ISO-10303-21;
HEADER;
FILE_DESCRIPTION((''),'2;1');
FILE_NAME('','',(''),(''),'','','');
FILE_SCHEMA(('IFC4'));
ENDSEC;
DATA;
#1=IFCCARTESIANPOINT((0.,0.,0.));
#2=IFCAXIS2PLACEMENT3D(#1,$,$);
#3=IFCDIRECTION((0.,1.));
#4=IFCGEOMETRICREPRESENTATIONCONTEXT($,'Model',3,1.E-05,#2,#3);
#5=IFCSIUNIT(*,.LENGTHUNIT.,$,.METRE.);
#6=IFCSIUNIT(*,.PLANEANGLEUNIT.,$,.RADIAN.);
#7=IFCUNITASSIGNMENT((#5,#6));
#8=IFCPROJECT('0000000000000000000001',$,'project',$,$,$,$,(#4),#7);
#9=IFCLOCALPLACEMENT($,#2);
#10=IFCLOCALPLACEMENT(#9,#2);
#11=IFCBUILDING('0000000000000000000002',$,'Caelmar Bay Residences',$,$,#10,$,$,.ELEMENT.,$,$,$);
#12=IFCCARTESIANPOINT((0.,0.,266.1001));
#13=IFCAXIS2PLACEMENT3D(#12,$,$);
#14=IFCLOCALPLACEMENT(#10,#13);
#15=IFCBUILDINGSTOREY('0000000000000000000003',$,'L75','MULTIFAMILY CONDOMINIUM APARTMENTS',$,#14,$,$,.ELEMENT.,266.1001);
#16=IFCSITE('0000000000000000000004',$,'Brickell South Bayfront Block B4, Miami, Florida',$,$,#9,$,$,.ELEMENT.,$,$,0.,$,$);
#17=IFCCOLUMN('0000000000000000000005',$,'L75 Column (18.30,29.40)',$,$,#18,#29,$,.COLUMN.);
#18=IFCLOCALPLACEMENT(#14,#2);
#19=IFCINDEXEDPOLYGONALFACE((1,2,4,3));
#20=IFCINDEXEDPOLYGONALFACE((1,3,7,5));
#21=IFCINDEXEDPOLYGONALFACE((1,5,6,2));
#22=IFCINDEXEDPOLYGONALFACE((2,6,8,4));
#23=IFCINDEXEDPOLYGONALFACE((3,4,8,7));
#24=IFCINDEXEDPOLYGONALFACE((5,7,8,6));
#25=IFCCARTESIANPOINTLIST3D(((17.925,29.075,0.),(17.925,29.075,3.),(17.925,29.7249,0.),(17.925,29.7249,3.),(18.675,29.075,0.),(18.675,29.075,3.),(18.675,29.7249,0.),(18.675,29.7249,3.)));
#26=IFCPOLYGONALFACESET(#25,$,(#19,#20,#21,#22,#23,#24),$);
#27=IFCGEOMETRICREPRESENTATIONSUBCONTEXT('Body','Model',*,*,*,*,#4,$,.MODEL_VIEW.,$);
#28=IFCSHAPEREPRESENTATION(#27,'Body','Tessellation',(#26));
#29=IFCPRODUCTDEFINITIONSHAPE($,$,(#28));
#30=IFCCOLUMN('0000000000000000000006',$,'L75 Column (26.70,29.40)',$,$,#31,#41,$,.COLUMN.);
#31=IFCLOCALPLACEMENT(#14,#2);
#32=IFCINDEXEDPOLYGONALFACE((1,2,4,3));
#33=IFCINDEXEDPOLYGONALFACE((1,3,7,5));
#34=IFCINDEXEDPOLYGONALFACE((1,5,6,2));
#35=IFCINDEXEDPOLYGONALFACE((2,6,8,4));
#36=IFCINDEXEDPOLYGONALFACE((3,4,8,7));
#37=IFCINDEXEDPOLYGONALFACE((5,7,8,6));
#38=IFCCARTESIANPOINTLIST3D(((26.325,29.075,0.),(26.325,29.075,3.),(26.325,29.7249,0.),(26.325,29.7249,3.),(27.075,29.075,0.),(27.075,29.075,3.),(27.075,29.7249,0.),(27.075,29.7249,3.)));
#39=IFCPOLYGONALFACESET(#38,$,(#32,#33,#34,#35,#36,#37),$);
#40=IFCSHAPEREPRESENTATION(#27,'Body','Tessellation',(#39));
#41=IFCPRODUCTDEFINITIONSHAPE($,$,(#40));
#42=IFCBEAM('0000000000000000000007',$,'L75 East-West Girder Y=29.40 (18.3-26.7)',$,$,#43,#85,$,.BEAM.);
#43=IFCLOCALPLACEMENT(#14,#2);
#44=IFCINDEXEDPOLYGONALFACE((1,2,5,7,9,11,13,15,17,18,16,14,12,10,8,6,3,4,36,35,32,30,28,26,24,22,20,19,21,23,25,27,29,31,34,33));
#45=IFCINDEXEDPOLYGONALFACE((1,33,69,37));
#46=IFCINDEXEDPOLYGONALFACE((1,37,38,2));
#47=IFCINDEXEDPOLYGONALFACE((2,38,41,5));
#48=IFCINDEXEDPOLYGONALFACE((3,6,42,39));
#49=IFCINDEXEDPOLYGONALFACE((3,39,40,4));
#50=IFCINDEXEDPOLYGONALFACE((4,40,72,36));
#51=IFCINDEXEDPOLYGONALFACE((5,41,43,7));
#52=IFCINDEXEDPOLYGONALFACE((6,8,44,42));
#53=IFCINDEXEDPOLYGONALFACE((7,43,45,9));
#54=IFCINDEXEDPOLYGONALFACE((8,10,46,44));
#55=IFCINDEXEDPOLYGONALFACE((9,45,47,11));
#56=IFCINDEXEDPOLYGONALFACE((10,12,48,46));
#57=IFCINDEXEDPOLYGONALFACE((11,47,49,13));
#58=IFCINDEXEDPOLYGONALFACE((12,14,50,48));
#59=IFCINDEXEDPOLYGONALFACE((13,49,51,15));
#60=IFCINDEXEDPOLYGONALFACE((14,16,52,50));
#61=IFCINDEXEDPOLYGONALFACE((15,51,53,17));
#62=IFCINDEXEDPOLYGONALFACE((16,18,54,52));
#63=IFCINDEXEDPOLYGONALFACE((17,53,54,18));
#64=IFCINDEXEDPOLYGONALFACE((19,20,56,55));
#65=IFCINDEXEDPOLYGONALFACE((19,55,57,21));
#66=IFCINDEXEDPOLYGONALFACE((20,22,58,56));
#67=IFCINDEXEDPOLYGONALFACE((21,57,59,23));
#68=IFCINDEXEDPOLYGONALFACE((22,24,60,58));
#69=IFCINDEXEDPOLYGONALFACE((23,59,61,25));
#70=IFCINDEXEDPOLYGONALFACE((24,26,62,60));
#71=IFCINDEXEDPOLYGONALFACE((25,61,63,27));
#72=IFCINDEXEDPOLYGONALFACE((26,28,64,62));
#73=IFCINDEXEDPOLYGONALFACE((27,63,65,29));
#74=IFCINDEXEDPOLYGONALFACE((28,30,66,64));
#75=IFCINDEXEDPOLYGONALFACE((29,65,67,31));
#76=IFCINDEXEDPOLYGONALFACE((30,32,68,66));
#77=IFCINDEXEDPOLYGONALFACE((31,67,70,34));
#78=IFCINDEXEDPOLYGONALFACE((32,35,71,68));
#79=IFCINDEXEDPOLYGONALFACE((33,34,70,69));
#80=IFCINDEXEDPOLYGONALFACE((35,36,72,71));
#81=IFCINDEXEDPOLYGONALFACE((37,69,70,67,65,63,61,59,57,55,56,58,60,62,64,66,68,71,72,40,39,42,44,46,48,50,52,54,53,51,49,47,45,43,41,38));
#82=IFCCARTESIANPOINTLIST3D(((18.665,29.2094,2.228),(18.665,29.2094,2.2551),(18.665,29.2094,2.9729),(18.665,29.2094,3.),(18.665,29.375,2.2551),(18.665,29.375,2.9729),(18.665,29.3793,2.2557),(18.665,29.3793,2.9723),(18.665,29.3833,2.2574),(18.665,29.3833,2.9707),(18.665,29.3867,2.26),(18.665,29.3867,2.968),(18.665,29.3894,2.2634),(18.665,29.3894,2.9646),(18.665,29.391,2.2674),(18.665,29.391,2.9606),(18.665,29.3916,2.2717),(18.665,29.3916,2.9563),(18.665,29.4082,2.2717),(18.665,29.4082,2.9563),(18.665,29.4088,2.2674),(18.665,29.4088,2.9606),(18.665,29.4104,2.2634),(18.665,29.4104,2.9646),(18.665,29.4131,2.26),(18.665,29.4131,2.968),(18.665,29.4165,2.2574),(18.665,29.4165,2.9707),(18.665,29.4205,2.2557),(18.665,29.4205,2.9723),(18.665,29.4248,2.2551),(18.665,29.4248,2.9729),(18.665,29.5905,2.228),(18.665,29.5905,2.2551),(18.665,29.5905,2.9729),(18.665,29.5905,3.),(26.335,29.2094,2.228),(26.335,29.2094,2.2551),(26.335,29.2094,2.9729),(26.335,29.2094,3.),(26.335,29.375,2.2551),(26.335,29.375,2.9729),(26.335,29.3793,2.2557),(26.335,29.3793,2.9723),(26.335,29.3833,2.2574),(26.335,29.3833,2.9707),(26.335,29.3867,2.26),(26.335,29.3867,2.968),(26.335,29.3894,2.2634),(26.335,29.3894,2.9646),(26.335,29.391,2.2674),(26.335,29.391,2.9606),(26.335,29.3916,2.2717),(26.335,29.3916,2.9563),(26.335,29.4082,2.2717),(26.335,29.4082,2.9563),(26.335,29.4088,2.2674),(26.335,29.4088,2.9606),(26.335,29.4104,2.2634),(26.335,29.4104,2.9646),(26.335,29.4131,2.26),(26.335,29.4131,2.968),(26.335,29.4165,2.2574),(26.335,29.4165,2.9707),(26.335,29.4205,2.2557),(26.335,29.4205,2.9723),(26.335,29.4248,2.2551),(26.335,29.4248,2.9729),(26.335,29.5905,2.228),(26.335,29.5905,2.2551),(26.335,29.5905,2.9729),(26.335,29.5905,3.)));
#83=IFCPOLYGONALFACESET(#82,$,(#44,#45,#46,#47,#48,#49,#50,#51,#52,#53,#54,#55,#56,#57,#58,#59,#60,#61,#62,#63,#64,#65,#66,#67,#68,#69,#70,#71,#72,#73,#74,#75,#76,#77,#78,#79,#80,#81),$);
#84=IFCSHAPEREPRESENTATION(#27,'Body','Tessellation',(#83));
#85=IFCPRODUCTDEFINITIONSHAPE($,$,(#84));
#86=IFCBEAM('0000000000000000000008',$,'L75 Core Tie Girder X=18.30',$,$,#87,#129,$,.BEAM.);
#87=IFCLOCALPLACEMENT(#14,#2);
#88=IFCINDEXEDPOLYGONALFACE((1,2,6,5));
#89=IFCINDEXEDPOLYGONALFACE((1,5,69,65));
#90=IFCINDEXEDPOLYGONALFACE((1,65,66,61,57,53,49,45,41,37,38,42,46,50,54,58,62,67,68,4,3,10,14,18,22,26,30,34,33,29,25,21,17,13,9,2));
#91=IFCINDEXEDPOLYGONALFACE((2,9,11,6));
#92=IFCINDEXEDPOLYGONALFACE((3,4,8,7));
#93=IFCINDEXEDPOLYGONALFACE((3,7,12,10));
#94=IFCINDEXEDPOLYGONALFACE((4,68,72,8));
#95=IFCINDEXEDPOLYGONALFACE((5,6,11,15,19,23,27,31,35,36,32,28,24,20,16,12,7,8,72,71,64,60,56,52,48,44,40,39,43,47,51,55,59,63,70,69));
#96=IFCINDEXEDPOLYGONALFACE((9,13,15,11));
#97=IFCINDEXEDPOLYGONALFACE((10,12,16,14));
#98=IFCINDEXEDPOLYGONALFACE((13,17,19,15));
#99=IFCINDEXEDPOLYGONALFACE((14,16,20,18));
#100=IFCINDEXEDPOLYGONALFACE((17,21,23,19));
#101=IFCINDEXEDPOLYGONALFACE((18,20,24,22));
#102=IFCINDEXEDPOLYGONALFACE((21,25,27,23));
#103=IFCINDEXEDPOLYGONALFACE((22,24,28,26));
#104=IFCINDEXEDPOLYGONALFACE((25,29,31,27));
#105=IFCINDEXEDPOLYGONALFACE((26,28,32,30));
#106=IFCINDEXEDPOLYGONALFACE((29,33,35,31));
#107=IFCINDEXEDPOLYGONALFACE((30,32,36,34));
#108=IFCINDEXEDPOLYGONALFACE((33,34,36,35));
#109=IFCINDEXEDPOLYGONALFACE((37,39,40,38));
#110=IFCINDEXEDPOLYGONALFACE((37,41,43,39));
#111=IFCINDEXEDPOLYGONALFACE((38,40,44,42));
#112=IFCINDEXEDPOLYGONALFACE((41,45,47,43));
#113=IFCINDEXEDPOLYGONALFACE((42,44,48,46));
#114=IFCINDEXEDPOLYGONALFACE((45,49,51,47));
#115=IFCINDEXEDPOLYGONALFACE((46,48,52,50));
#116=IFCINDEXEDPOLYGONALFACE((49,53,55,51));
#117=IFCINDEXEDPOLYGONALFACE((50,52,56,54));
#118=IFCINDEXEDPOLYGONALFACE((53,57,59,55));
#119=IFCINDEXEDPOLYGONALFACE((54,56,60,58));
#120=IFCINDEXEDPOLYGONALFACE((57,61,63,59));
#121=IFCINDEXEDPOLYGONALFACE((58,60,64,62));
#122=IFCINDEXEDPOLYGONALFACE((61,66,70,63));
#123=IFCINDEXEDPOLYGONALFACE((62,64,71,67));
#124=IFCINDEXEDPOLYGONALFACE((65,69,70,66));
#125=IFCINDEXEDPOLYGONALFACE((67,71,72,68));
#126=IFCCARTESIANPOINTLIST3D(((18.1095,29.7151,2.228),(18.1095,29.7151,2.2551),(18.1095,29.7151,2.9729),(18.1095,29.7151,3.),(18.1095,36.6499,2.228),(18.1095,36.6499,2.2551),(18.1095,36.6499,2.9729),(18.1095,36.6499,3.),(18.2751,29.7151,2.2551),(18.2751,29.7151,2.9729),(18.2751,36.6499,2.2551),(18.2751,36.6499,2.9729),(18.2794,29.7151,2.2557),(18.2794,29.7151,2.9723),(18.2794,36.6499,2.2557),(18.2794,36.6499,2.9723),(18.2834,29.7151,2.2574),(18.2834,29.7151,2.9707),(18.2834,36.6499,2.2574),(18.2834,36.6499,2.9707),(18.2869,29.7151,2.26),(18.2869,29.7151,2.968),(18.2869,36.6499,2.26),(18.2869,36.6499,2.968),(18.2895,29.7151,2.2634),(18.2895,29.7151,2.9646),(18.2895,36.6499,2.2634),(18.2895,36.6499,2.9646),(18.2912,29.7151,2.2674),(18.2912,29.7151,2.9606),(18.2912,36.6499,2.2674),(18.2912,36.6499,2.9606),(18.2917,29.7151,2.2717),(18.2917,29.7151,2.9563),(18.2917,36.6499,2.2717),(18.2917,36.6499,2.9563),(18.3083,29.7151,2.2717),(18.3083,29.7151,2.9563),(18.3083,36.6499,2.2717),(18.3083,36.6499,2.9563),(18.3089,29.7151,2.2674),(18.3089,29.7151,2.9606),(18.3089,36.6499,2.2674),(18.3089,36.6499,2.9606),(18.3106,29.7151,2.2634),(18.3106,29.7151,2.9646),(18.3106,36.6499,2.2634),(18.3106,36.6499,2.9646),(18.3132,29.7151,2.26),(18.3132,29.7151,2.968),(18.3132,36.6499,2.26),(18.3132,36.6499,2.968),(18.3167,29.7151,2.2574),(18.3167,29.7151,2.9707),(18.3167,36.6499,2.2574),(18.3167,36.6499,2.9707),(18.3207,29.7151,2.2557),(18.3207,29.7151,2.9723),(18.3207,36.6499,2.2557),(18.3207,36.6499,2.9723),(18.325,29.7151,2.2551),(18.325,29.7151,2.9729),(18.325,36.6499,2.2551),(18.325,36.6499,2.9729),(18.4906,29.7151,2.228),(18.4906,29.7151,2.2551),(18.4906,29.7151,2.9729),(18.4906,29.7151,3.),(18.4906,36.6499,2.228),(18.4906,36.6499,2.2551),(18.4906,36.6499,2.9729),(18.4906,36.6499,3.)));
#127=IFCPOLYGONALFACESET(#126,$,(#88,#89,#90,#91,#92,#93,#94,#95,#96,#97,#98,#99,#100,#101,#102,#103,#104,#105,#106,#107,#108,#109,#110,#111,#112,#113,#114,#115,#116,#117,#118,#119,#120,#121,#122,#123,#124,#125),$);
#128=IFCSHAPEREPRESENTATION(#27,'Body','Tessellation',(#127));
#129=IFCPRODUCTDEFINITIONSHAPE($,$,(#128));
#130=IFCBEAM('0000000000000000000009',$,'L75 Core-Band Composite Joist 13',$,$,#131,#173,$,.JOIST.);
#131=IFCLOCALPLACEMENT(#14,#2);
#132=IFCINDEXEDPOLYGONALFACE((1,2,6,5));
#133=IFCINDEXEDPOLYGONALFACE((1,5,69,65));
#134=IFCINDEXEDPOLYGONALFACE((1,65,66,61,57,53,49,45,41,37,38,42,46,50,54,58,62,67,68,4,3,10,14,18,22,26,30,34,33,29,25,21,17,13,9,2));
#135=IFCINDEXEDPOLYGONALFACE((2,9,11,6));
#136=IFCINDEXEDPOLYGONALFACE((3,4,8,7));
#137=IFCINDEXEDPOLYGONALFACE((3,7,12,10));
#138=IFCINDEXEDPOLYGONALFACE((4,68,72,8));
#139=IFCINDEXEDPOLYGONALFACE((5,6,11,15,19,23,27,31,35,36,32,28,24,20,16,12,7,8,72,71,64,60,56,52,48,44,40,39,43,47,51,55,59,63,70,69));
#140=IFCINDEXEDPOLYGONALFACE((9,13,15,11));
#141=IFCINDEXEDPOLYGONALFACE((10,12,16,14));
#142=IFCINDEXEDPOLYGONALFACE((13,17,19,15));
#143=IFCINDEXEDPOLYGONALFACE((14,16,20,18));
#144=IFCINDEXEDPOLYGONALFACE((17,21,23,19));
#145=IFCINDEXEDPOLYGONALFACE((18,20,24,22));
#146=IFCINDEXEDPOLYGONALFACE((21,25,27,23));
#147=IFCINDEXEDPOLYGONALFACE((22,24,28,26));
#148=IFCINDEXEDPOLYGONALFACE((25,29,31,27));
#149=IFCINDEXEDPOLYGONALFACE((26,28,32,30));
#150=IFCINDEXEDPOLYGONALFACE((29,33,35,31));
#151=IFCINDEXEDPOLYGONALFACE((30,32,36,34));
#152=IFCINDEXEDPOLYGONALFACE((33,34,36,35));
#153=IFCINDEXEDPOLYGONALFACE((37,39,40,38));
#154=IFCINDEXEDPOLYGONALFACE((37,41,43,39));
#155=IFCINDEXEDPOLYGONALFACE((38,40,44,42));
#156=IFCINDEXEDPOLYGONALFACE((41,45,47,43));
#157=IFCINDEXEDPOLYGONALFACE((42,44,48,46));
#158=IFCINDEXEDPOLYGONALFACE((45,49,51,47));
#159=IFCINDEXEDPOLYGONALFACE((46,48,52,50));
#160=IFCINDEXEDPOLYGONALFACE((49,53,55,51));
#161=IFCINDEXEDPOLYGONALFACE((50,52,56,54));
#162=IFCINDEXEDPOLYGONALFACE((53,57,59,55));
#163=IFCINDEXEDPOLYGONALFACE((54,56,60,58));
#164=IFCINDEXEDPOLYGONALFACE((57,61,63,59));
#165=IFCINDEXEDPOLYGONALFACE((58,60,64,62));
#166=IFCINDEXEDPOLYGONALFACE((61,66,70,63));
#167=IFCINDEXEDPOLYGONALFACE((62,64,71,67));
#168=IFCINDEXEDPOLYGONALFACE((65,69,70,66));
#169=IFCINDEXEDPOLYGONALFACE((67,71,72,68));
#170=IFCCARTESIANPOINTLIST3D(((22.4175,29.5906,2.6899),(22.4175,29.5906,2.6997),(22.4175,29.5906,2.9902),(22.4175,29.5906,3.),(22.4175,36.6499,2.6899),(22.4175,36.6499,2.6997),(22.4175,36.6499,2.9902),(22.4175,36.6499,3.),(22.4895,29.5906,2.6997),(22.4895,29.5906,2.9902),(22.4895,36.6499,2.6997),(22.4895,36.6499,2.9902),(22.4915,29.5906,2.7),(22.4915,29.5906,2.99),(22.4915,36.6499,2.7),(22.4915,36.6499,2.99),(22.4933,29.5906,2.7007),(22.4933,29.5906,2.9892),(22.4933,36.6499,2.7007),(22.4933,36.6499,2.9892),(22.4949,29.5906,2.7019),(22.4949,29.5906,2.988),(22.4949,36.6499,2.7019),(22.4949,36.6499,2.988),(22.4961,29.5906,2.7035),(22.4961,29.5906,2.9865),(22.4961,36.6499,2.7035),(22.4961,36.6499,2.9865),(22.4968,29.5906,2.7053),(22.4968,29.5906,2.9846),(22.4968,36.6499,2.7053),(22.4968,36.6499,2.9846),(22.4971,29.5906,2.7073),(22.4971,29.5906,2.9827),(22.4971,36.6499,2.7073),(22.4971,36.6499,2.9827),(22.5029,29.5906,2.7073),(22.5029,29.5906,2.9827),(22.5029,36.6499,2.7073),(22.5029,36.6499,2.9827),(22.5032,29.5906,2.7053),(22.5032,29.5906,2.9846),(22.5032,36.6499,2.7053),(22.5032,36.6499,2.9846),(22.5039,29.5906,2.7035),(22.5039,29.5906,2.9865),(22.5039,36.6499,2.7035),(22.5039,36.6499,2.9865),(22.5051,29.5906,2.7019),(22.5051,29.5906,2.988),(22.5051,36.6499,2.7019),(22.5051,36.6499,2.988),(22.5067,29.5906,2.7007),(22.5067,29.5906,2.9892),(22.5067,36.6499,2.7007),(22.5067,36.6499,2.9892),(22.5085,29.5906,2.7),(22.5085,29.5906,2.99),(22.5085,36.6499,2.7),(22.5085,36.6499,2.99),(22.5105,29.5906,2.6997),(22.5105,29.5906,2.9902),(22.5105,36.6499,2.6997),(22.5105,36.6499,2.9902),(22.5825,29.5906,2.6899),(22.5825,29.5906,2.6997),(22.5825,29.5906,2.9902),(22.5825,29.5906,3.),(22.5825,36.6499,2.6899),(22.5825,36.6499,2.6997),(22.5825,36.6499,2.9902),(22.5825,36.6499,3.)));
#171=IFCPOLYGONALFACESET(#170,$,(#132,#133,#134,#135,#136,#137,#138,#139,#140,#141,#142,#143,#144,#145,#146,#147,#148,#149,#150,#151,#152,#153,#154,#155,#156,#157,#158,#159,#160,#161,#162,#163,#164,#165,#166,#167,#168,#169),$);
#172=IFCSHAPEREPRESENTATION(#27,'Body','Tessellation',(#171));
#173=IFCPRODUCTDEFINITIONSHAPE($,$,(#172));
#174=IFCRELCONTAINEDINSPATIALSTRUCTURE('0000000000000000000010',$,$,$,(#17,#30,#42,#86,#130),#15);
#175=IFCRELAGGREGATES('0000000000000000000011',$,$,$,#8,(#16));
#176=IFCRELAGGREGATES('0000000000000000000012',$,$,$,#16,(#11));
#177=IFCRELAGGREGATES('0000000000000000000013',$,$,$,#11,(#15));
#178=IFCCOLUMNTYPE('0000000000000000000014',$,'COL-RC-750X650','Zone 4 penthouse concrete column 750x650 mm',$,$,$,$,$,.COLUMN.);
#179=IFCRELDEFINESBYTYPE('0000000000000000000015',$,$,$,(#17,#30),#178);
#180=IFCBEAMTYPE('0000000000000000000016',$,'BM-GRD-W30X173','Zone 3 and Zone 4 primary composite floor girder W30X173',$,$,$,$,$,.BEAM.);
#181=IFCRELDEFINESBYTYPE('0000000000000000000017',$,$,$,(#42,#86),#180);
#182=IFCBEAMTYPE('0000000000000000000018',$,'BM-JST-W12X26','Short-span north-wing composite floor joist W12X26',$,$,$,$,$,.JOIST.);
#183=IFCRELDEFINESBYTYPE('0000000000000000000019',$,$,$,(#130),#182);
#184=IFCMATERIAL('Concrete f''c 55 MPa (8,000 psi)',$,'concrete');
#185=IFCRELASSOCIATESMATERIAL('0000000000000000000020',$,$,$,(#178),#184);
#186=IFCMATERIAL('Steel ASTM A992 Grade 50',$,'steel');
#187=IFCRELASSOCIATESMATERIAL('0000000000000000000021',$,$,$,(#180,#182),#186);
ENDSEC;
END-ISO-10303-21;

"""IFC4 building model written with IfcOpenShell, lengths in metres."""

from ifc_helpers import new_model, si_unit, direction, frame, origin, origin_2d, place, context, subcontext, project, spatial, rectangle, i_section, extrude, material, material_profile, profile_set, type_object, element, save


model = new_model("IFC4")

# Units and contexts
model_context = context("Model", 3, precision=1e-05, world=origin(), true_north=direction((0.0, 1.0)))
body_context = subcontext(model_context, "Body", "Model", "MODEL_VIEW")
ifc_project = project(units=[si_unit("LENGTHUNIT", "METRE"), si_unit("PLANEANGLEUNIT", "RADIAN")], contexts=[model_context])

# Site, building, storey
site_placement = place(None, origin())
site = spatial("IfcSite", under=ifc_project, at=site_placement, Name="Brickell South Bayfront Block B4, Miami, Florida", CompositionType="ELEMENT", RefElevation=0.0)
building_placement = place(site_placement, origin())
building = spatial("IfcBuilding", under=site, at=building_placement, Name="Caelmar Bay Residences", CompositionType="ELEMENT")
storey_placement = place(building_placement, frame((0.0, 0.0, 266.1001)))
storey = spatial("IfcBuildingStorey", under=building, at=storey_placement, Name="L75", Description="MULTIFAMILY CONDOMINIUM APARTMENTS", CompositionType="ELEMENT", Elevation=266.1001)

# Columns
ifc_material_1 = material(Name="Concrete f'c 55 MPa (8,000 psi)", Category="concrete")
ifc_material_profile_1 = material_profile(ifc_material_1, rectangle(XDim=0.75, YDim=0.6499, at=origin_2d()), Name="RC-COL-750X650")
ifc_profile_set_1 = profile_set([ifc_material_profile_1], Name="Concrete f'c 55 MPa (8,000 psi)")
column_type = type_object("IfcColumnType", Name="COL-RC-750X650", Description="Zone 4 penthouse concrete column 750x650 mm", PredefinedType="COLUMN", material=ifc_profile_set_1)
for number, where, z_axis, x_axis, name in (
    (1, (18.3, 29.3999, 0.0), (0.0, 0.0, 1.0), (1.0, 0.0, 0.0), "L75 Column (18.30,29.40)"),
    (2, (26.7, 29.3999, 0.0), (0.0, 0.0, 1.0), (1.0, 0.0, 0.0), "L75 Column (26.70,29.40)"),
):
    element("IfcColumn", number, at=place(storey_placement, frame(where, z_axis=z_axis, x_axis=x_axis)), inside=storey, type_object=column_type, Name=name, PredefinedType="COLUMN", context=body_context, shape_type="SweptSolid", body=[
        extrude(rectangle(XDim=0.75, YDim=0.6499, at=origin_2d()), origin(), (0.0, 0.0, 1.0), 3.0),
    ])

# Beams
ifc_material_2 = material(Name="Steel ASTM A992 Grade 50", Category="steel")
ifc_material_profile_2 = material_profile(ifc_material_2, i_section(OverallWidth=0.3811, OverallDepth=0.772, WebThickness=0.0166, FlangeThickness=0.0271, FilletRadius=0.0166, at=origin_2d()), Name="W30X173")
ifc_profile_set_2 = profile_set([ifc_material_profile_2], Name="Steel ASTM A992 Grade 50")
beam_type_1 = type_object("IfcBeamType", Name="BM-GRD-W30X173", Description="Zone 3 and Zone 4 primary composite floor girder W30X173", PredefinedType="BEAM", material=ifc_profile_set_2)
beam_1_placement = place(storey_placement, frame((18.665, 29.3999, 2.614), z_axis=(1.0, 0.0, 0.0), x_axis=(0.0, 1.0, 0.0)))
element("IfcBeam", 3, at=beam_1_placement, inside=storey, type_object=beam_type_1, Name="L75 East-West Girder Y=29.40 (18.3-26.7)", PredefinedType="BEAM", context=body_context, shape_type="SweptSolid", body=[
    extrude(i_section(OverallWidth=0.3811, OverallDepth=0.772, WebThickness=0.0166, FlangeThickness=0.0271, FilletRadius=0.0166, at=origin_2d()), origin(), (0.0, 0.0, 1.0), 7.6699),
])
beam_2_placement = place(storey_placement, frame((18.3, 29.7151, 2.614), z_axis=(0.0, 1.0, 0.0), x_axis=(-1.0, 0.0, 0.0)))
element("IfcBeam", 4, at=beam_2_placement, inside=storey, type_object=beam_type_1, Name="L75 Core Tie Girder X=18.30", PredefinedType="BEAM", context=body_context, shape_type="SweptSolid", body=[
    extrude(i_section(OverallWidth=0.3811, OverallDepth=0.772, WebThickness=0.0166, FlangeThickness=0.0271, FilletRadius=0.0166, at=origin_2d()), origin(), (0.0, 0.0, 1.0), 6.9348),
])
ifc_material_profile_3 = material_profile(ifc_material_2, i_section(OverallWidth=0.165, OverallDepth=0.3101, WebThickness=0.0059, FlangeThickness=0.0098, FilletRadius=0.0076, at=origin_2d()), Name="W12X26")
ifc_profile_set_3 = profile_set([ifc_material_profile_3], Name="Steel ASTM A992 Grade 50")
beam_type_2 = type_object("IfcBeamType", Name="BM-JST-W12X26", Description="Short-span north-wing composite floor joist W12X26", PredefinedType="JOIST", material=ifc_profile_set_3)
beam_3_placement = place(storey_placement, frame((22.5, 29.5906, 2.845), z_axis=(0.0, 1.0, 0.0), x_axis=(-1.0, 0.0, 0.0)))
element("IfcBeam", 5, at=beam_3_placement, inside=storey, type_object=beam_type_2, Name="L75 Core-Band Composite Joist 13", PredefinedType="JOIST", context=body_context, shape_type="SweptSolid", body=[
    extrude(i_section(OverallWidth=0.165, OverallDepth=0.3101, WebThickness=0.0059, FlangeThickness=0.0098, FilletRadius=0.0076, at=origin_2d()), origin(), (0.0, 0.0, 1.0), 7.0593),
])

save(model, "model.ifc")
